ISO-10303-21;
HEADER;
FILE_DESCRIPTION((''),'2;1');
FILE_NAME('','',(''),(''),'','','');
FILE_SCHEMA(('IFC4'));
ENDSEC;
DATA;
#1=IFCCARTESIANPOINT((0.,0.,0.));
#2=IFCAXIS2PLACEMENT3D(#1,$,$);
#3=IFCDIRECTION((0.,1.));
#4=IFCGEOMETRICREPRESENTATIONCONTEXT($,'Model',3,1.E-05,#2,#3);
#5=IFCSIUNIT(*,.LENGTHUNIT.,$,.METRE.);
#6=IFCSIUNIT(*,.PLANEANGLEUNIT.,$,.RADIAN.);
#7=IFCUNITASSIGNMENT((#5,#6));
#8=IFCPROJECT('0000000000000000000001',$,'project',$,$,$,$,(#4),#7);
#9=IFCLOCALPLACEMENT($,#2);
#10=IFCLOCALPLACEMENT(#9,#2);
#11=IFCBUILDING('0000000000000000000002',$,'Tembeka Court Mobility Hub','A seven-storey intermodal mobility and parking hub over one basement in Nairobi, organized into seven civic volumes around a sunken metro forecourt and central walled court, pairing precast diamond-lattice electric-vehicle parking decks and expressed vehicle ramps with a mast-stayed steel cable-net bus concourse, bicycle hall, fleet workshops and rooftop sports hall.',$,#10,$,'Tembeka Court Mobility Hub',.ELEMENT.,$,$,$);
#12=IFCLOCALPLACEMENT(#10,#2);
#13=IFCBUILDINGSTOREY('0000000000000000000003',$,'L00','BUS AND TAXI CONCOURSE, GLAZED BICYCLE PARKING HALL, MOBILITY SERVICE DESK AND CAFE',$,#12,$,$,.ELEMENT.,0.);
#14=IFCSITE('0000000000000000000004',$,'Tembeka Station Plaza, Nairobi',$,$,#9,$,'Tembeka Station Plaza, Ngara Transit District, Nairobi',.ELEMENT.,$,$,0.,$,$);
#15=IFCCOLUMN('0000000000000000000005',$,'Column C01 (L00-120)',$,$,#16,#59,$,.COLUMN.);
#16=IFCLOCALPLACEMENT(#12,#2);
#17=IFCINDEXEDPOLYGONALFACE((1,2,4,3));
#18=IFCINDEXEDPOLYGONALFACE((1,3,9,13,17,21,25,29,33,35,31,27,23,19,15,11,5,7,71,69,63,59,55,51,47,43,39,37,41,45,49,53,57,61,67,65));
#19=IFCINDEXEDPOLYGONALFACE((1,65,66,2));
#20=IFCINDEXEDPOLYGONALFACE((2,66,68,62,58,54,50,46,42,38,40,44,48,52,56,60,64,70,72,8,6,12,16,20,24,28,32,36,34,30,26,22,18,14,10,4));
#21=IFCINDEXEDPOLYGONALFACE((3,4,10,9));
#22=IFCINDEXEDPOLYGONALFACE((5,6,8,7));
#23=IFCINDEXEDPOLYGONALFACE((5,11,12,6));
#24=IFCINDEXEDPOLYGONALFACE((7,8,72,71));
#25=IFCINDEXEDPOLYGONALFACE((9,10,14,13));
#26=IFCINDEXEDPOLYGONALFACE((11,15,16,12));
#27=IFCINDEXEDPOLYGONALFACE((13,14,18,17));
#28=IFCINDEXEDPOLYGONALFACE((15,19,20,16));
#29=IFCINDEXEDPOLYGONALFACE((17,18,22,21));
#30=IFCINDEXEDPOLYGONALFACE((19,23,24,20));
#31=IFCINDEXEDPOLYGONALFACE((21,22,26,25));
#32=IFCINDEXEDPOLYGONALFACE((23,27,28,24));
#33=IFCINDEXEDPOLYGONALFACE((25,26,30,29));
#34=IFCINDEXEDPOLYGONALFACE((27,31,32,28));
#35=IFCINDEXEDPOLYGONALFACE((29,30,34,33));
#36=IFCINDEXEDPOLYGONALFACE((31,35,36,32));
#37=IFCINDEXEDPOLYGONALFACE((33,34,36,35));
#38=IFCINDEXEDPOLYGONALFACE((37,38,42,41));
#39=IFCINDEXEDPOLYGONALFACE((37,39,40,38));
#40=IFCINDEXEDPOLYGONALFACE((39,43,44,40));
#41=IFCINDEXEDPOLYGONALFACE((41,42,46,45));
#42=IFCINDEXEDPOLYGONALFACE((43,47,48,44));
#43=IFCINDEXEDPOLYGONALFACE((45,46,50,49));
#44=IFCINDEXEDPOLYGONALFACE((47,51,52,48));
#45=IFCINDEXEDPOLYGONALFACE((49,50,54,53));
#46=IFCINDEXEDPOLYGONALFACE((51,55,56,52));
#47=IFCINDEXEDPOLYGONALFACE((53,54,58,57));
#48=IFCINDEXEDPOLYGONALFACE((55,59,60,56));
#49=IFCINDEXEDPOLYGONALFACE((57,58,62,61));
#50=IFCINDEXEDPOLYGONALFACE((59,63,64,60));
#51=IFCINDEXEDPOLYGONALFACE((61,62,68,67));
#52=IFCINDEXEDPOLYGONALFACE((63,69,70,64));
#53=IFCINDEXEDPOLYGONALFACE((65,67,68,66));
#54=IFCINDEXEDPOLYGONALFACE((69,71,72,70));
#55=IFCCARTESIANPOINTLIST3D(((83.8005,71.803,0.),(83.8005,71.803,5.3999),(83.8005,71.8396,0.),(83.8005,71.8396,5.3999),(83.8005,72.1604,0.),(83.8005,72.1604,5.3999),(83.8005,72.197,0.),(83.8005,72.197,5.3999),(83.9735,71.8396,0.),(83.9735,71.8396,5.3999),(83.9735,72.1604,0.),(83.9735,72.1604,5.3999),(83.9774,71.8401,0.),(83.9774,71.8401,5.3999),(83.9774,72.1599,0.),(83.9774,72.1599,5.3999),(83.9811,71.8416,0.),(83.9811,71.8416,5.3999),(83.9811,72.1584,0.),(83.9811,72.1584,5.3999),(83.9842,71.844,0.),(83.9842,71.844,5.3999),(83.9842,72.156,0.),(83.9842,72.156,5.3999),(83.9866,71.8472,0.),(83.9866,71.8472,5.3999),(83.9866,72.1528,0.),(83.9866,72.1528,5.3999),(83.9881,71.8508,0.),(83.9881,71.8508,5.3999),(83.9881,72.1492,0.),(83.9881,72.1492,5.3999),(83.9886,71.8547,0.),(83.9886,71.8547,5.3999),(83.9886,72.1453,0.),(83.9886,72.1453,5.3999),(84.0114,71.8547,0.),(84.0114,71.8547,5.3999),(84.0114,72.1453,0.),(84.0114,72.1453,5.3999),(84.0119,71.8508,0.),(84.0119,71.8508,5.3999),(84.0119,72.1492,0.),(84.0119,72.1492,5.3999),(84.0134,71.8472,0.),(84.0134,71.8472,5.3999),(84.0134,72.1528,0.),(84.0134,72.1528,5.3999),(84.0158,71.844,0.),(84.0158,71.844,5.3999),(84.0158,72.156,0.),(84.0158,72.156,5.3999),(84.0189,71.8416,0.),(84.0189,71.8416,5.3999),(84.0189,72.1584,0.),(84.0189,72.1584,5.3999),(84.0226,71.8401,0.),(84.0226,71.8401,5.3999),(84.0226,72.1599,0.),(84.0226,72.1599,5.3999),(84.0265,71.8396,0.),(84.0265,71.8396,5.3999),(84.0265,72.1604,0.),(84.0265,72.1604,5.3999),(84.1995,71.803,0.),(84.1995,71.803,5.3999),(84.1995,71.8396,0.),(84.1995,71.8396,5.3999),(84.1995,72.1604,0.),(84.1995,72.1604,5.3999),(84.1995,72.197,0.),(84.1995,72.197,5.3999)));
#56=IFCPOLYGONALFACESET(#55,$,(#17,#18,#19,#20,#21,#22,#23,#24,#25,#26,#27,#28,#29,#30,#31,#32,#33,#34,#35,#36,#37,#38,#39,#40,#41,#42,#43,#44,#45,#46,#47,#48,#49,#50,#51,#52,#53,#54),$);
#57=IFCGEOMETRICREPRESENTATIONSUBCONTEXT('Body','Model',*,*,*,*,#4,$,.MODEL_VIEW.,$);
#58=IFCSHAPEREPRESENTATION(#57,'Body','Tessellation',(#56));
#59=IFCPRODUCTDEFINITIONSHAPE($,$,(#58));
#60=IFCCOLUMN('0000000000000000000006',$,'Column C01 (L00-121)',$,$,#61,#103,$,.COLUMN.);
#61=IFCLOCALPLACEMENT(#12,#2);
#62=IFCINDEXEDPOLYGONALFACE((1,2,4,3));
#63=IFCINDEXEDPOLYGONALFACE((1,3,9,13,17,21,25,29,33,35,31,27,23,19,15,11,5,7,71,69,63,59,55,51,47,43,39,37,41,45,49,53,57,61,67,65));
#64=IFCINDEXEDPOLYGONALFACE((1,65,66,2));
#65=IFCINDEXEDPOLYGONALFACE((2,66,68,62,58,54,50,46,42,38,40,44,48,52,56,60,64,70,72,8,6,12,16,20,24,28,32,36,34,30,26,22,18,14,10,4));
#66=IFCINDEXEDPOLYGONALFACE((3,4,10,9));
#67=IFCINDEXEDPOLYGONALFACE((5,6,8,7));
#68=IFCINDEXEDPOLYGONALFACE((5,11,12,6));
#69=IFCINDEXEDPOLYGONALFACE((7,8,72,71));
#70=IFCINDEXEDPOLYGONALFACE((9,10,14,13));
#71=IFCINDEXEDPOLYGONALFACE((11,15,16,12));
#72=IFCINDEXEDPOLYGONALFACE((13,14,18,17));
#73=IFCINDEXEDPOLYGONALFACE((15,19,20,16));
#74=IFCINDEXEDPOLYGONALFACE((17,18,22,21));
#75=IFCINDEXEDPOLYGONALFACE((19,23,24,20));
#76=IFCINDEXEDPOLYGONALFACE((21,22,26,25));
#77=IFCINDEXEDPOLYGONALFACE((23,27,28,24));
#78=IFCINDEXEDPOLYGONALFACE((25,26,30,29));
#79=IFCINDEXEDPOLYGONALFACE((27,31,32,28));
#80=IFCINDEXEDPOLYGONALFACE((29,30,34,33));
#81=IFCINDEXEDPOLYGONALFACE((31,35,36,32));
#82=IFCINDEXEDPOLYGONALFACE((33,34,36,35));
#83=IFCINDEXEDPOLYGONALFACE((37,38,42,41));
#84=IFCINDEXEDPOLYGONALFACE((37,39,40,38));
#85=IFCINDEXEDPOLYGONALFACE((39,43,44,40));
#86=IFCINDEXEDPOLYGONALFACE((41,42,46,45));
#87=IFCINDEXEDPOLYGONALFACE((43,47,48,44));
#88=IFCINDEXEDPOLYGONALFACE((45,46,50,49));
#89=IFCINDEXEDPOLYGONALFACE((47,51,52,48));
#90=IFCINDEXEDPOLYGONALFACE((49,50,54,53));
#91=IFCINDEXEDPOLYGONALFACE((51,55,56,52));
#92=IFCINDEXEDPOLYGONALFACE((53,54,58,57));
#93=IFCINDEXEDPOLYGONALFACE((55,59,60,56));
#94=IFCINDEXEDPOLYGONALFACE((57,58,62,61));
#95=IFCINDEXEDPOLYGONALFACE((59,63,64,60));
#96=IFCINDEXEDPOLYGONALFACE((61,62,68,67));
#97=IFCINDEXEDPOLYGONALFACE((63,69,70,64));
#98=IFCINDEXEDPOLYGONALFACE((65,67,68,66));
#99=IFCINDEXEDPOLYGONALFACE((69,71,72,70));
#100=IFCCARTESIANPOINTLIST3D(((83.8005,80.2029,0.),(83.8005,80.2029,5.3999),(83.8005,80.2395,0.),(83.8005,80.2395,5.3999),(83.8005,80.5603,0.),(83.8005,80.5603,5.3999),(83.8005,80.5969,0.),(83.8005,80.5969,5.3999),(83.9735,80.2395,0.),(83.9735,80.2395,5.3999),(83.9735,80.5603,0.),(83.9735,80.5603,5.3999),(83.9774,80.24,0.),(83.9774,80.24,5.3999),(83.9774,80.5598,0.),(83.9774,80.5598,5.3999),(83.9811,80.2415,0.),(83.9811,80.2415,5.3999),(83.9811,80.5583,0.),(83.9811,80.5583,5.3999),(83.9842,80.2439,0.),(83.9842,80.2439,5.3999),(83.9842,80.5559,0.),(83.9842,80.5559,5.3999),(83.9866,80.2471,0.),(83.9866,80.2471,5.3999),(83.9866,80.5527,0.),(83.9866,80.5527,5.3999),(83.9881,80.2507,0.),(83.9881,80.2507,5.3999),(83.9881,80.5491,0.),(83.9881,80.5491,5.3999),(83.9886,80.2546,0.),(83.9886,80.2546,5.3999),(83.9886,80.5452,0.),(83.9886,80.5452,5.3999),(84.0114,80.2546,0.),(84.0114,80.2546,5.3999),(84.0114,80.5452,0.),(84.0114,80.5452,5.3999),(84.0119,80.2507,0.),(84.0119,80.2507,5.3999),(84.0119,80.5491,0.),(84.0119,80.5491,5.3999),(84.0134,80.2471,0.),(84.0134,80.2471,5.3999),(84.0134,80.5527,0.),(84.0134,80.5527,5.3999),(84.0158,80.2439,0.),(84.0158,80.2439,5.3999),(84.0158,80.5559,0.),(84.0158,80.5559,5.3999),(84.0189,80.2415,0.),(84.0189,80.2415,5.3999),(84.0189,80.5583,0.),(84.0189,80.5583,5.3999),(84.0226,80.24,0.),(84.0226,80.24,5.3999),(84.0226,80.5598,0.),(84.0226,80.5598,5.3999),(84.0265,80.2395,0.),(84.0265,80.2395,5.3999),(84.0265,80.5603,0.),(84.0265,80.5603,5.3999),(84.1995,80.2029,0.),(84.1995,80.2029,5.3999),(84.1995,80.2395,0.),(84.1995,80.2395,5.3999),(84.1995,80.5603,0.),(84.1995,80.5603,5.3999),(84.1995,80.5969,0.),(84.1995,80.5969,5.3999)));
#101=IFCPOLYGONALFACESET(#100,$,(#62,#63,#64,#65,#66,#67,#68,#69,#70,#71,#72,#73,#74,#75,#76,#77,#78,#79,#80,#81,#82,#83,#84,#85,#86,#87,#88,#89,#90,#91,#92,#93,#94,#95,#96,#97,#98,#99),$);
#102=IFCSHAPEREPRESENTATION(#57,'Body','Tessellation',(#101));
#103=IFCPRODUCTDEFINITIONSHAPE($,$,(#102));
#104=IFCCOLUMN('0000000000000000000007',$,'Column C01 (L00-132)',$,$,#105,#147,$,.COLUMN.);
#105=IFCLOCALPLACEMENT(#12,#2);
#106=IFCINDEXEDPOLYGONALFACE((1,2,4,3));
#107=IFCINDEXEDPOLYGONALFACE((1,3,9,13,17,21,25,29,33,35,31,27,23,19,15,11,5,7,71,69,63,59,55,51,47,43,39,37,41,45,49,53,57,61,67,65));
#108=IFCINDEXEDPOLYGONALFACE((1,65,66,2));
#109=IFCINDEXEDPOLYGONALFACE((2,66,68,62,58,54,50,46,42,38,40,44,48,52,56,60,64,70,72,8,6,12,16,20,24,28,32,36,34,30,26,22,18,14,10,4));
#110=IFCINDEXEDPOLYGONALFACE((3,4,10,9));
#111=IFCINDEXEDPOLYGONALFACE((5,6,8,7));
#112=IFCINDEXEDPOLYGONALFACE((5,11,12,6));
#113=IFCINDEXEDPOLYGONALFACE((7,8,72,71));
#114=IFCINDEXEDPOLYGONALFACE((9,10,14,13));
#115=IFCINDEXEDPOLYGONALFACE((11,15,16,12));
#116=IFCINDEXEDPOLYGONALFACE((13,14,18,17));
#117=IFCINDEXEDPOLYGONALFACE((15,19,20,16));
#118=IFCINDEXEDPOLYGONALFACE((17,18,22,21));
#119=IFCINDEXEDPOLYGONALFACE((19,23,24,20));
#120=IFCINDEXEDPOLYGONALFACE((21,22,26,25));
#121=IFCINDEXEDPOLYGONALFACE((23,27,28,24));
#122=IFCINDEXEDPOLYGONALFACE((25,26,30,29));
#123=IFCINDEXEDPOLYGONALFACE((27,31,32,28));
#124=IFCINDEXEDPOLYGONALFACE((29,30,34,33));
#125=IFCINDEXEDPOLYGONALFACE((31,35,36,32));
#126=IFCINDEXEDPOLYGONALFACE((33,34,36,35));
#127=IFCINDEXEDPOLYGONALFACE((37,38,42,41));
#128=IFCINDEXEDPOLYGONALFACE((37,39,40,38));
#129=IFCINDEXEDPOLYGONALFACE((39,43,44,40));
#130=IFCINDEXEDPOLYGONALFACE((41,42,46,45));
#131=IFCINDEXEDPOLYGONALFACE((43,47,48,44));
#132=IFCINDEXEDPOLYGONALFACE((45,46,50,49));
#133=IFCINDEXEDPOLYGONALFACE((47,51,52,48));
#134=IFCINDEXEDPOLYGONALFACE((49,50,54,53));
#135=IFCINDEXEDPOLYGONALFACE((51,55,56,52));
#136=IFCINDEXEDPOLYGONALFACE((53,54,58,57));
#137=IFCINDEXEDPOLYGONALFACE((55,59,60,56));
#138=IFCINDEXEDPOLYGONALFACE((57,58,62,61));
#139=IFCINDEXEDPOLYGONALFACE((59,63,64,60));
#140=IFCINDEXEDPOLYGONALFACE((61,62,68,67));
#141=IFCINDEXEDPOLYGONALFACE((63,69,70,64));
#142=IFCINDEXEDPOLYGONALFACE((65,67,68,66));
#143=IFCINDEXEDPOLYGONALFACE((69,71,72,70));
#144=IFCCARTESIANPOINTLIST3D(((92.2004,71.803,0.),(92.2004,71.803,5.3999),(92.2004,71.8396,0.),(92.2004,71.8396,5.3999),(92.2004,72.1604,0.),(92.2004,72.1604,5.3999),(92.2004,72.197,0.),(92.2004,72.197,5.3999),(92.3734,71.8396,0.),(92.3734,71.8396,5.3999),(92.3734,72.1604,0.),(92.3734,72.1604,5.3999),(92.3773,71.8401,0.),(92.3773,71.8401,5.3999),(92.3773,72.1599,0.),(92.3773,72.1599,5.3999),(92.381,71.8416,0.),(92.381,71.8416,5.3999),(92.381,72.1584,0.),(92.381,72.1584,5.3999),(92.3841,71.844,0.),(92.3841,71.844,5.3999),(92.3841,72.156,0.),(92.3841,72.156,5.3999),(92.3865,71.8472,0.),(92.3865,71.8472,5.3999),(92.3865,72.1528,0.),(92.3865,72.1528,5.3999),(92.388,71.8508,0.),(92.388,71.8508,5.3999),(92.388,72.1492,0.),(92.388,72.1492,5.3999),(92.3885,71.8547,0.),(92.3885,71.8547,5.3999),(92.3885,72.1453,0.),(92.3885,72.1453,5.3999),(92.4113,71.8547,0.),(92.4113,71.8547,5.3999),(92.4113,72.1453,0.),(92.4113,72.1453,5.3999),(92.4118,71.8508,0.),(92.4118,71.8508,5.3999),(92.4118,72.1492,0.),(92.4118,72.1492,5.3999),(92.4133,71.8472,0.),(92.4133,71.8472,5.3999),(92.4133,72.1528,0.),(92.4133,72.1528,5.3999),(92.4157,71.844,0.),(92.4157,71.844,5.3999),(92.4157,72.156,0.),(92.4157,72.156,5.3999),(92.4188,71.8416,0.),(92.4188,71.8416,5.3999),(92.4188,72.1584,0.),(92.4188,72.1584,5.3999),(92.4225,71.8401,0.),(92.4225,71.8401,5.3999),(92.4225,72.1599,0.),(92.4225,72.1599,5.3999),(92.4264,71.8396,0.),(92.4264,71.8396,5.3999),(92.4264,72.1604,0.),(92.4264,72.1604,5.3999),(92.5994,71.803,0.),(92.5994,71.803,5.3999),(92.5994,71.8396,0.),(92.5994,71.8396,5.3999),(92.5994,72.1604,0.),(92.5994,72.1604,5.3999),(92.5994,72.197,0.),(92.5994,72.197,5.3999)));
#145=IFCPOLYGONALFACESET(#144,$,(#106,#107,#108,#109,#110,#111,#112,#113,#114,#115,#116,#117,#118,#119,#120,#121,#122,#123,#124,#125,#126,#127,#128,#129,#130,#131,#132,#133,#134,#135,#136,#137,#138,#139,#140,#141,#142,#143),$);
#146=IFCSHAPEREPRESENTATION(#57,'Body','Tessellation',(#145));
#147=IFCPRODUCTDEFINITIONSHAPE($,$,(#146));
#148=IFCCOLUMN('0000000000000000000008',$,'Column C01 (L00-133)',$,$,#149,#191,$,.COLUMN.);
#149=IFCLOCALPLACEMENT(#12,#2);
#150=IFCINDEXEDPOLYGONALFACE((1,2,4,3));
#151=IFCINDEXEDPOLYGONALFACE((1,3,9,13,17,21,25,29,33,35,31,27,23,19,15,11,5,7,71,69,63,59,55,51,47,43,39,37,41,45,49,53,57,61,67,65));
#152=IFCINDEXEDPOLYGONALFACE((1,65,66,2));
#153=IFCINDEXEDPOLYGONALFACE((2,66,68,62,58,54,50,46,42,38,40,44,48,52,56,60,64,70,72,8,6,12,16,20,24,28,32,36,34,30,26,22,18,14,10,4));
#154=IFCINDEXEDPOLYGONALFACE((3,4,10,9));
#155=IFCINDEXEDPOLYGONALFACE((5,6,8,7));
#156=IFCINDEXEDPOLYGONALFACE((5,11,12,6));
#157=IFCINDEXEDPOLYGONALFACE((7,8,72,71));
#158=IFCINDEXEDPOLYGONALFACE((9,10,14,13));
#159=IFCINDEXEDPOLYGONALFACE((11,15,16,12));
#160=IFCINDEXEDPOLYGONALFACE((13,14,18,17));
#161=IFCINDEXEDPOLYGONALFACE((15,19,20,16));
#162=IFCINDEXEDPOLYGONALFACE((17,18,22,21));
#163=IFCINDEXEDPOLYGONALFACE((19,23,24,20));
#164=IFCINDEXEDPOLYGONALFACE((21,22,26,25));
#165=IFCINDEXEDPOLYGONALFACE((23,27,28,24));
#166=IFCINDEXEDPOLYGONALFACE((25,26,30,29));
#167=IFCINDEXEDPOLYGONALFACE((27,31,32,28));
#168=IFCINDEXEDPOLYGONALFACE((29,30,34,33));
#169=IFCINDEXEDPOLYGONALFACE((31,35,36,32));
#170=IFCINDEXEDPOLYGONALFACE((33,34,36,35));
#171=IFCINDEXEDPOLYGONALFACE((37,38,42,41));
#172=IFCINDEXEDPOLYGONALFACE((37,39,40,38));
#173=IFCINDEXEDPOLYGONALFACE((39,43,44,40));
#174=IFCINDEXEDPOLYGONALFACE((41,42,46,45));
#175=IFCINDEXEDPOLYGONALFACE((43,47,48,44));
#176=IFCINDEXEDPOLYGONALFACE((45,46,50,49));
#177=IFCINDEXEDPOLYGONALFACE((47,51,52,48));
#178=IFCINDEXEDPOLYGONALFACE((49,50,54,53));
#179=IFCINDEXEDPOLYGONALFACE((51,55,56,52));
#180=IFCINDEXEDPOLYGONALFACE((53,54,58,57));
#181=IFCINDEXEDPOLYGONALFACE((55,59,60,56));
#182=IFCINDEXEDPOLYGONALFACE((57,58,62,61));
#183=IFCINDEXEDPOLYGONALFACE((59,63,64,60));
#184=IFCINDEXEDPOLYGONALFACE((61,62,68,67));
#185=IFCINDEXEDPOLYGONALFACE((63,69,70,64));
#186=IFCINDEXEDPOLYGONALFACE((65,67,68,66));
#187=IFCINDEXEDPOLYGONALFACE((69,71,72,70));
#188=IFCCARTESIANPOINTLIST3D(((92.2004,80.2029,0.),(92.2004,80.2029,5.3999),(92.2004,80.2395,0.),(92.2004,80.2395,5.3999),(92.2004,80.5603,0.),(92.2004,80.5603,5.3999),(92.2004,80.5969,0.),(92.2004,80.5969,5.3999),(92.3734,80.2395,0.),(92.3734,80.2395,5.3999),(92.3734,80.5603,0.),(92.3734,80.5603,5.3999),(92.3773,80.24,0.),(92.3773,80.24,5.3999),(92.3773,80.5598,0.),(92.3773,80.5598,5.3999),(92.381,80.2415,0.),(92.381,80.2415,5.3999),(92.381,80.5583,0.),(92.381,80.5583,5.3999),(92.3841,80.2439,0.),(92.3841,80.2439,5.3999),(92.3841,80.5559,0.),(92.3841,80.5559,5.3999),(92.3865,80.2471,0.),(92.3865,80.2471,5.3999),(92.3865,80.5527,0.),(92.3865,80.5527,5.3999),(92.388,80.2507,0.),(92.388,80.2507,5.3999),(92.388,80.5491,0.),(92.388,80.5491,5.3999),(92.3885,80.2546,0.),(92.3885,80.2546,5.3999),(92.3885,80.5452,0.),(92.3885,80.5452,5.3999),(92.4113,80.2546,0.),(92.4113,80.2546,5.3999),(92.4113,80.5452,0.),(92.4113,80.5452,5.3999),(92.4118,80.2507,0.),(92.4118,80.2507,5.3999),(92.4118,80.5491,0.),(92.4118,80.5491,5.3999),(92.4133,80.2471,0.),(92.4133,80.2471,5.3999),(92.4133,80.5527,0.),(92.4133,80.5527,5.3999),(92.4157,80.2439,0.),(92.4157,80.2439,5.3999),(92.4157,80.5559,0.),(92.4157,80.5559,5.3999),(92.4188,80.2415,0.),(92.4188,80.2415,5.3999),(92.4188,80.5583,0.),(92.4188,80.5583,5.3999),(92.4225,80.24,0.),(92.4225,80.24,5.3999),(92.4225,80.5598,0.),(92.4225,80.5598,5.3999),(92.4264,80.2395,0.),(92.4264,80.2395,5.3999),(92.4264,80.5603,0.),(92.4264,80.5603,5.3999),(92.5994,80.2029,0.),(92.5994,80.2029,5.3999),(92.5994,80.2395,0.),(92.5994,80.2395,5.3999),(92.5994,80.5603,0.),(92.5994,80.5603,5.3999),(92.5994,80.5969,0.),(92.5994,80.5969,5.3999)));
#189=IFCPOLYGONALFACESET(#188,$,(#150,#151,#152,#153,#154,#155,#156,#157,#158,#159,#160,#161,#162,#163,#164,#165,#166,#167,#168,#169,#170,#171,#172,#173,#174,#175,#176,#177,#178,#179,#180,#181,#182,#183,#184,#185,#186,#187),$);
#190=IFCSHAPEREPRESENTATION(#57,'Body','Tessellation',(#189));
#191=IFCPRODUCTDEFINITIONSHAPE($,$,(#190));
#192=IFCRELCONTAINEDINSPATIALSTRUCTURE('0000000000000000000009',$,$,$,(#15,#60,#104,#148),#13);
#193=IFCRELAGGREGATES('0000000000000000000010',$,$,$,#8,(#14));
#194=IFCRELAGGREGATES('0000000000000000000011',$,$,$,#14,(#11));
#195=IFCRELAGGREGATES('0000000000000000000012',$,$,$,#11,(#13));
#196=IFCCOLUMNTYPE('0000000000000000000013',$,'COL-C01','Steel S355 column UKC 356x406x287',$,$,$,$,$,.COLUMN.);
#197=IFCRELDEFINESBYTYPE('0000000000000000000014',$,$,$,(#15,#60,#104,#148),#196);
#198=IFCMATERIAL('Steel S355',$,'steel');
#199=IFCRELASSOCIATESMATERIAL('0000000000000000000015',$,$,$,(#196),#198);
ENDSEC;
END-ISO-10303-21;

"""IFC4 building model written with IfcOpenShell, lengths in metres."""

from ifc_helpers import new_model, si_unit, direction, frame, origin, origin_2d, place, context, subcontext, project, spatial, i_section, extrude, material, material_profile, profile_set, type_object, element, save


model = new_model("IFC4")

# Units and contexts
model_context = context("Model", 3, precision=1e-05, world=origin(), true_north=direction((0.0, 1.0)))
body_context = subcontext(model_context, "Body", "Model", "MODEL_VIEW")
ifc_project = project(units=[si_unit("LENGTHUNIT", "METRE"), si_unit("PLANEANGLEUNIT", "RADIAN")], contexts=[model_context])

# Site, building, storey
site_placement = place(None, origin())
site = spatial("IfcSite", under=ifc_project, at=site_placement, Name="Tembeka Station Plaza, Nairobi", LongName="Tembeka Station Plaza, Ngara Transit District, Nairobi", CompositionType="ELEMENT", RefElevation=0.0)
building_placement = place(site_placement, origin())
building = spatial("IfcBuilding", under=site, at=building_placement, Name="Tembeka Court Mobility Hub", Description="A seven-storey intermodal mobility and parking hub over one basement in Nairobi, organized into seven civic volumes around a sunken metro forecourt and central walled court, pairing precast diamond-lattice electric-vehicle parking decks and expressed vehicle ramps with a mast-stayed steel cable-net bus concourse, bicycle hall, fleet workshops and rooftop sports hall.", LongName="Tembeka Court Mobility Hub", CompositionType="ELEMENT")
storey_placement = place(building_placement, origin())
storey = spatial("IfcBuildingStorey", under=building, at=storey_placement, Name="L00", Description="BUS AND TAXI CONCOURSE, GLAZED BICYCLE PARKING HALL, MOBILITY SERVICE DESK AND CAFE", CompositionType="ELEMENT", Elevation=0.0)

# Columns
ifc_material_1 = material(Name="Steel S355", Category="steel")
ifc_material_profile_1 = material_profile(ifc_material_1, i_section(OverallWidth=0.3989, OverallDepth=0.394, WebThickness=0.0227, FlangeThickness=0.0366, FilletRadius=0.0151, at=origin_2d()), Name="UKC 356x406x287")
ifc_profile_set_1 = profile_set([ifc_material_profile_1], Name="Steel S355")
column_type = type_object("IfcColumnType", Name="COL-C01", Description="Steel S355 column UKC 356x406x287", PredefinedType="COLUMN", material=ifc_profile_set_1)
for number, where, z_axis, x_axis, name in (
    (1, (84.0, 72.0, 0.0), (0.0, 0.0, 1.0), (1.0, 0.0, 0.0), "Column C01 (L00-120)"),
    (2, (84.0, 80.3999, 0.0), (0.0, 0.0, 1.0), (1.0, 0.0, 0.0), "Column C01 (L00-121)"),
    (3, (92.3999, 72.0, 0.0), (0.0, 0.0, 1.0), (1.0, 0.0, 0.0), "Column C01 (L00-132)"),
    (4, (92.3999, 80.3999, 0.0), (0.0, 0.0, 1.0), (1.0, 0.0, 0.0), "Column C01 (L00-133)"),
):
    element("IfcColumn", number, at=place(storey_placement, frame(where, z_axis=z_axis, x_axis=x_axis)), inside=storey, type_object=column_type, Name=name, PredefinedType="COLUMN", context=body_context, shape_type="SweptSolid", body=[
        extrude(i_section(OverallWidth=0.3989, OverallDepth=0.394, WebThickness=0.0227, FlangeThickness=0.0366, FilletRadius=0.0151, at=origin_2d()), origin(), (0.0, 0.0, 1.0), 5.3999),
    ])

save(model, "model.ifc")
